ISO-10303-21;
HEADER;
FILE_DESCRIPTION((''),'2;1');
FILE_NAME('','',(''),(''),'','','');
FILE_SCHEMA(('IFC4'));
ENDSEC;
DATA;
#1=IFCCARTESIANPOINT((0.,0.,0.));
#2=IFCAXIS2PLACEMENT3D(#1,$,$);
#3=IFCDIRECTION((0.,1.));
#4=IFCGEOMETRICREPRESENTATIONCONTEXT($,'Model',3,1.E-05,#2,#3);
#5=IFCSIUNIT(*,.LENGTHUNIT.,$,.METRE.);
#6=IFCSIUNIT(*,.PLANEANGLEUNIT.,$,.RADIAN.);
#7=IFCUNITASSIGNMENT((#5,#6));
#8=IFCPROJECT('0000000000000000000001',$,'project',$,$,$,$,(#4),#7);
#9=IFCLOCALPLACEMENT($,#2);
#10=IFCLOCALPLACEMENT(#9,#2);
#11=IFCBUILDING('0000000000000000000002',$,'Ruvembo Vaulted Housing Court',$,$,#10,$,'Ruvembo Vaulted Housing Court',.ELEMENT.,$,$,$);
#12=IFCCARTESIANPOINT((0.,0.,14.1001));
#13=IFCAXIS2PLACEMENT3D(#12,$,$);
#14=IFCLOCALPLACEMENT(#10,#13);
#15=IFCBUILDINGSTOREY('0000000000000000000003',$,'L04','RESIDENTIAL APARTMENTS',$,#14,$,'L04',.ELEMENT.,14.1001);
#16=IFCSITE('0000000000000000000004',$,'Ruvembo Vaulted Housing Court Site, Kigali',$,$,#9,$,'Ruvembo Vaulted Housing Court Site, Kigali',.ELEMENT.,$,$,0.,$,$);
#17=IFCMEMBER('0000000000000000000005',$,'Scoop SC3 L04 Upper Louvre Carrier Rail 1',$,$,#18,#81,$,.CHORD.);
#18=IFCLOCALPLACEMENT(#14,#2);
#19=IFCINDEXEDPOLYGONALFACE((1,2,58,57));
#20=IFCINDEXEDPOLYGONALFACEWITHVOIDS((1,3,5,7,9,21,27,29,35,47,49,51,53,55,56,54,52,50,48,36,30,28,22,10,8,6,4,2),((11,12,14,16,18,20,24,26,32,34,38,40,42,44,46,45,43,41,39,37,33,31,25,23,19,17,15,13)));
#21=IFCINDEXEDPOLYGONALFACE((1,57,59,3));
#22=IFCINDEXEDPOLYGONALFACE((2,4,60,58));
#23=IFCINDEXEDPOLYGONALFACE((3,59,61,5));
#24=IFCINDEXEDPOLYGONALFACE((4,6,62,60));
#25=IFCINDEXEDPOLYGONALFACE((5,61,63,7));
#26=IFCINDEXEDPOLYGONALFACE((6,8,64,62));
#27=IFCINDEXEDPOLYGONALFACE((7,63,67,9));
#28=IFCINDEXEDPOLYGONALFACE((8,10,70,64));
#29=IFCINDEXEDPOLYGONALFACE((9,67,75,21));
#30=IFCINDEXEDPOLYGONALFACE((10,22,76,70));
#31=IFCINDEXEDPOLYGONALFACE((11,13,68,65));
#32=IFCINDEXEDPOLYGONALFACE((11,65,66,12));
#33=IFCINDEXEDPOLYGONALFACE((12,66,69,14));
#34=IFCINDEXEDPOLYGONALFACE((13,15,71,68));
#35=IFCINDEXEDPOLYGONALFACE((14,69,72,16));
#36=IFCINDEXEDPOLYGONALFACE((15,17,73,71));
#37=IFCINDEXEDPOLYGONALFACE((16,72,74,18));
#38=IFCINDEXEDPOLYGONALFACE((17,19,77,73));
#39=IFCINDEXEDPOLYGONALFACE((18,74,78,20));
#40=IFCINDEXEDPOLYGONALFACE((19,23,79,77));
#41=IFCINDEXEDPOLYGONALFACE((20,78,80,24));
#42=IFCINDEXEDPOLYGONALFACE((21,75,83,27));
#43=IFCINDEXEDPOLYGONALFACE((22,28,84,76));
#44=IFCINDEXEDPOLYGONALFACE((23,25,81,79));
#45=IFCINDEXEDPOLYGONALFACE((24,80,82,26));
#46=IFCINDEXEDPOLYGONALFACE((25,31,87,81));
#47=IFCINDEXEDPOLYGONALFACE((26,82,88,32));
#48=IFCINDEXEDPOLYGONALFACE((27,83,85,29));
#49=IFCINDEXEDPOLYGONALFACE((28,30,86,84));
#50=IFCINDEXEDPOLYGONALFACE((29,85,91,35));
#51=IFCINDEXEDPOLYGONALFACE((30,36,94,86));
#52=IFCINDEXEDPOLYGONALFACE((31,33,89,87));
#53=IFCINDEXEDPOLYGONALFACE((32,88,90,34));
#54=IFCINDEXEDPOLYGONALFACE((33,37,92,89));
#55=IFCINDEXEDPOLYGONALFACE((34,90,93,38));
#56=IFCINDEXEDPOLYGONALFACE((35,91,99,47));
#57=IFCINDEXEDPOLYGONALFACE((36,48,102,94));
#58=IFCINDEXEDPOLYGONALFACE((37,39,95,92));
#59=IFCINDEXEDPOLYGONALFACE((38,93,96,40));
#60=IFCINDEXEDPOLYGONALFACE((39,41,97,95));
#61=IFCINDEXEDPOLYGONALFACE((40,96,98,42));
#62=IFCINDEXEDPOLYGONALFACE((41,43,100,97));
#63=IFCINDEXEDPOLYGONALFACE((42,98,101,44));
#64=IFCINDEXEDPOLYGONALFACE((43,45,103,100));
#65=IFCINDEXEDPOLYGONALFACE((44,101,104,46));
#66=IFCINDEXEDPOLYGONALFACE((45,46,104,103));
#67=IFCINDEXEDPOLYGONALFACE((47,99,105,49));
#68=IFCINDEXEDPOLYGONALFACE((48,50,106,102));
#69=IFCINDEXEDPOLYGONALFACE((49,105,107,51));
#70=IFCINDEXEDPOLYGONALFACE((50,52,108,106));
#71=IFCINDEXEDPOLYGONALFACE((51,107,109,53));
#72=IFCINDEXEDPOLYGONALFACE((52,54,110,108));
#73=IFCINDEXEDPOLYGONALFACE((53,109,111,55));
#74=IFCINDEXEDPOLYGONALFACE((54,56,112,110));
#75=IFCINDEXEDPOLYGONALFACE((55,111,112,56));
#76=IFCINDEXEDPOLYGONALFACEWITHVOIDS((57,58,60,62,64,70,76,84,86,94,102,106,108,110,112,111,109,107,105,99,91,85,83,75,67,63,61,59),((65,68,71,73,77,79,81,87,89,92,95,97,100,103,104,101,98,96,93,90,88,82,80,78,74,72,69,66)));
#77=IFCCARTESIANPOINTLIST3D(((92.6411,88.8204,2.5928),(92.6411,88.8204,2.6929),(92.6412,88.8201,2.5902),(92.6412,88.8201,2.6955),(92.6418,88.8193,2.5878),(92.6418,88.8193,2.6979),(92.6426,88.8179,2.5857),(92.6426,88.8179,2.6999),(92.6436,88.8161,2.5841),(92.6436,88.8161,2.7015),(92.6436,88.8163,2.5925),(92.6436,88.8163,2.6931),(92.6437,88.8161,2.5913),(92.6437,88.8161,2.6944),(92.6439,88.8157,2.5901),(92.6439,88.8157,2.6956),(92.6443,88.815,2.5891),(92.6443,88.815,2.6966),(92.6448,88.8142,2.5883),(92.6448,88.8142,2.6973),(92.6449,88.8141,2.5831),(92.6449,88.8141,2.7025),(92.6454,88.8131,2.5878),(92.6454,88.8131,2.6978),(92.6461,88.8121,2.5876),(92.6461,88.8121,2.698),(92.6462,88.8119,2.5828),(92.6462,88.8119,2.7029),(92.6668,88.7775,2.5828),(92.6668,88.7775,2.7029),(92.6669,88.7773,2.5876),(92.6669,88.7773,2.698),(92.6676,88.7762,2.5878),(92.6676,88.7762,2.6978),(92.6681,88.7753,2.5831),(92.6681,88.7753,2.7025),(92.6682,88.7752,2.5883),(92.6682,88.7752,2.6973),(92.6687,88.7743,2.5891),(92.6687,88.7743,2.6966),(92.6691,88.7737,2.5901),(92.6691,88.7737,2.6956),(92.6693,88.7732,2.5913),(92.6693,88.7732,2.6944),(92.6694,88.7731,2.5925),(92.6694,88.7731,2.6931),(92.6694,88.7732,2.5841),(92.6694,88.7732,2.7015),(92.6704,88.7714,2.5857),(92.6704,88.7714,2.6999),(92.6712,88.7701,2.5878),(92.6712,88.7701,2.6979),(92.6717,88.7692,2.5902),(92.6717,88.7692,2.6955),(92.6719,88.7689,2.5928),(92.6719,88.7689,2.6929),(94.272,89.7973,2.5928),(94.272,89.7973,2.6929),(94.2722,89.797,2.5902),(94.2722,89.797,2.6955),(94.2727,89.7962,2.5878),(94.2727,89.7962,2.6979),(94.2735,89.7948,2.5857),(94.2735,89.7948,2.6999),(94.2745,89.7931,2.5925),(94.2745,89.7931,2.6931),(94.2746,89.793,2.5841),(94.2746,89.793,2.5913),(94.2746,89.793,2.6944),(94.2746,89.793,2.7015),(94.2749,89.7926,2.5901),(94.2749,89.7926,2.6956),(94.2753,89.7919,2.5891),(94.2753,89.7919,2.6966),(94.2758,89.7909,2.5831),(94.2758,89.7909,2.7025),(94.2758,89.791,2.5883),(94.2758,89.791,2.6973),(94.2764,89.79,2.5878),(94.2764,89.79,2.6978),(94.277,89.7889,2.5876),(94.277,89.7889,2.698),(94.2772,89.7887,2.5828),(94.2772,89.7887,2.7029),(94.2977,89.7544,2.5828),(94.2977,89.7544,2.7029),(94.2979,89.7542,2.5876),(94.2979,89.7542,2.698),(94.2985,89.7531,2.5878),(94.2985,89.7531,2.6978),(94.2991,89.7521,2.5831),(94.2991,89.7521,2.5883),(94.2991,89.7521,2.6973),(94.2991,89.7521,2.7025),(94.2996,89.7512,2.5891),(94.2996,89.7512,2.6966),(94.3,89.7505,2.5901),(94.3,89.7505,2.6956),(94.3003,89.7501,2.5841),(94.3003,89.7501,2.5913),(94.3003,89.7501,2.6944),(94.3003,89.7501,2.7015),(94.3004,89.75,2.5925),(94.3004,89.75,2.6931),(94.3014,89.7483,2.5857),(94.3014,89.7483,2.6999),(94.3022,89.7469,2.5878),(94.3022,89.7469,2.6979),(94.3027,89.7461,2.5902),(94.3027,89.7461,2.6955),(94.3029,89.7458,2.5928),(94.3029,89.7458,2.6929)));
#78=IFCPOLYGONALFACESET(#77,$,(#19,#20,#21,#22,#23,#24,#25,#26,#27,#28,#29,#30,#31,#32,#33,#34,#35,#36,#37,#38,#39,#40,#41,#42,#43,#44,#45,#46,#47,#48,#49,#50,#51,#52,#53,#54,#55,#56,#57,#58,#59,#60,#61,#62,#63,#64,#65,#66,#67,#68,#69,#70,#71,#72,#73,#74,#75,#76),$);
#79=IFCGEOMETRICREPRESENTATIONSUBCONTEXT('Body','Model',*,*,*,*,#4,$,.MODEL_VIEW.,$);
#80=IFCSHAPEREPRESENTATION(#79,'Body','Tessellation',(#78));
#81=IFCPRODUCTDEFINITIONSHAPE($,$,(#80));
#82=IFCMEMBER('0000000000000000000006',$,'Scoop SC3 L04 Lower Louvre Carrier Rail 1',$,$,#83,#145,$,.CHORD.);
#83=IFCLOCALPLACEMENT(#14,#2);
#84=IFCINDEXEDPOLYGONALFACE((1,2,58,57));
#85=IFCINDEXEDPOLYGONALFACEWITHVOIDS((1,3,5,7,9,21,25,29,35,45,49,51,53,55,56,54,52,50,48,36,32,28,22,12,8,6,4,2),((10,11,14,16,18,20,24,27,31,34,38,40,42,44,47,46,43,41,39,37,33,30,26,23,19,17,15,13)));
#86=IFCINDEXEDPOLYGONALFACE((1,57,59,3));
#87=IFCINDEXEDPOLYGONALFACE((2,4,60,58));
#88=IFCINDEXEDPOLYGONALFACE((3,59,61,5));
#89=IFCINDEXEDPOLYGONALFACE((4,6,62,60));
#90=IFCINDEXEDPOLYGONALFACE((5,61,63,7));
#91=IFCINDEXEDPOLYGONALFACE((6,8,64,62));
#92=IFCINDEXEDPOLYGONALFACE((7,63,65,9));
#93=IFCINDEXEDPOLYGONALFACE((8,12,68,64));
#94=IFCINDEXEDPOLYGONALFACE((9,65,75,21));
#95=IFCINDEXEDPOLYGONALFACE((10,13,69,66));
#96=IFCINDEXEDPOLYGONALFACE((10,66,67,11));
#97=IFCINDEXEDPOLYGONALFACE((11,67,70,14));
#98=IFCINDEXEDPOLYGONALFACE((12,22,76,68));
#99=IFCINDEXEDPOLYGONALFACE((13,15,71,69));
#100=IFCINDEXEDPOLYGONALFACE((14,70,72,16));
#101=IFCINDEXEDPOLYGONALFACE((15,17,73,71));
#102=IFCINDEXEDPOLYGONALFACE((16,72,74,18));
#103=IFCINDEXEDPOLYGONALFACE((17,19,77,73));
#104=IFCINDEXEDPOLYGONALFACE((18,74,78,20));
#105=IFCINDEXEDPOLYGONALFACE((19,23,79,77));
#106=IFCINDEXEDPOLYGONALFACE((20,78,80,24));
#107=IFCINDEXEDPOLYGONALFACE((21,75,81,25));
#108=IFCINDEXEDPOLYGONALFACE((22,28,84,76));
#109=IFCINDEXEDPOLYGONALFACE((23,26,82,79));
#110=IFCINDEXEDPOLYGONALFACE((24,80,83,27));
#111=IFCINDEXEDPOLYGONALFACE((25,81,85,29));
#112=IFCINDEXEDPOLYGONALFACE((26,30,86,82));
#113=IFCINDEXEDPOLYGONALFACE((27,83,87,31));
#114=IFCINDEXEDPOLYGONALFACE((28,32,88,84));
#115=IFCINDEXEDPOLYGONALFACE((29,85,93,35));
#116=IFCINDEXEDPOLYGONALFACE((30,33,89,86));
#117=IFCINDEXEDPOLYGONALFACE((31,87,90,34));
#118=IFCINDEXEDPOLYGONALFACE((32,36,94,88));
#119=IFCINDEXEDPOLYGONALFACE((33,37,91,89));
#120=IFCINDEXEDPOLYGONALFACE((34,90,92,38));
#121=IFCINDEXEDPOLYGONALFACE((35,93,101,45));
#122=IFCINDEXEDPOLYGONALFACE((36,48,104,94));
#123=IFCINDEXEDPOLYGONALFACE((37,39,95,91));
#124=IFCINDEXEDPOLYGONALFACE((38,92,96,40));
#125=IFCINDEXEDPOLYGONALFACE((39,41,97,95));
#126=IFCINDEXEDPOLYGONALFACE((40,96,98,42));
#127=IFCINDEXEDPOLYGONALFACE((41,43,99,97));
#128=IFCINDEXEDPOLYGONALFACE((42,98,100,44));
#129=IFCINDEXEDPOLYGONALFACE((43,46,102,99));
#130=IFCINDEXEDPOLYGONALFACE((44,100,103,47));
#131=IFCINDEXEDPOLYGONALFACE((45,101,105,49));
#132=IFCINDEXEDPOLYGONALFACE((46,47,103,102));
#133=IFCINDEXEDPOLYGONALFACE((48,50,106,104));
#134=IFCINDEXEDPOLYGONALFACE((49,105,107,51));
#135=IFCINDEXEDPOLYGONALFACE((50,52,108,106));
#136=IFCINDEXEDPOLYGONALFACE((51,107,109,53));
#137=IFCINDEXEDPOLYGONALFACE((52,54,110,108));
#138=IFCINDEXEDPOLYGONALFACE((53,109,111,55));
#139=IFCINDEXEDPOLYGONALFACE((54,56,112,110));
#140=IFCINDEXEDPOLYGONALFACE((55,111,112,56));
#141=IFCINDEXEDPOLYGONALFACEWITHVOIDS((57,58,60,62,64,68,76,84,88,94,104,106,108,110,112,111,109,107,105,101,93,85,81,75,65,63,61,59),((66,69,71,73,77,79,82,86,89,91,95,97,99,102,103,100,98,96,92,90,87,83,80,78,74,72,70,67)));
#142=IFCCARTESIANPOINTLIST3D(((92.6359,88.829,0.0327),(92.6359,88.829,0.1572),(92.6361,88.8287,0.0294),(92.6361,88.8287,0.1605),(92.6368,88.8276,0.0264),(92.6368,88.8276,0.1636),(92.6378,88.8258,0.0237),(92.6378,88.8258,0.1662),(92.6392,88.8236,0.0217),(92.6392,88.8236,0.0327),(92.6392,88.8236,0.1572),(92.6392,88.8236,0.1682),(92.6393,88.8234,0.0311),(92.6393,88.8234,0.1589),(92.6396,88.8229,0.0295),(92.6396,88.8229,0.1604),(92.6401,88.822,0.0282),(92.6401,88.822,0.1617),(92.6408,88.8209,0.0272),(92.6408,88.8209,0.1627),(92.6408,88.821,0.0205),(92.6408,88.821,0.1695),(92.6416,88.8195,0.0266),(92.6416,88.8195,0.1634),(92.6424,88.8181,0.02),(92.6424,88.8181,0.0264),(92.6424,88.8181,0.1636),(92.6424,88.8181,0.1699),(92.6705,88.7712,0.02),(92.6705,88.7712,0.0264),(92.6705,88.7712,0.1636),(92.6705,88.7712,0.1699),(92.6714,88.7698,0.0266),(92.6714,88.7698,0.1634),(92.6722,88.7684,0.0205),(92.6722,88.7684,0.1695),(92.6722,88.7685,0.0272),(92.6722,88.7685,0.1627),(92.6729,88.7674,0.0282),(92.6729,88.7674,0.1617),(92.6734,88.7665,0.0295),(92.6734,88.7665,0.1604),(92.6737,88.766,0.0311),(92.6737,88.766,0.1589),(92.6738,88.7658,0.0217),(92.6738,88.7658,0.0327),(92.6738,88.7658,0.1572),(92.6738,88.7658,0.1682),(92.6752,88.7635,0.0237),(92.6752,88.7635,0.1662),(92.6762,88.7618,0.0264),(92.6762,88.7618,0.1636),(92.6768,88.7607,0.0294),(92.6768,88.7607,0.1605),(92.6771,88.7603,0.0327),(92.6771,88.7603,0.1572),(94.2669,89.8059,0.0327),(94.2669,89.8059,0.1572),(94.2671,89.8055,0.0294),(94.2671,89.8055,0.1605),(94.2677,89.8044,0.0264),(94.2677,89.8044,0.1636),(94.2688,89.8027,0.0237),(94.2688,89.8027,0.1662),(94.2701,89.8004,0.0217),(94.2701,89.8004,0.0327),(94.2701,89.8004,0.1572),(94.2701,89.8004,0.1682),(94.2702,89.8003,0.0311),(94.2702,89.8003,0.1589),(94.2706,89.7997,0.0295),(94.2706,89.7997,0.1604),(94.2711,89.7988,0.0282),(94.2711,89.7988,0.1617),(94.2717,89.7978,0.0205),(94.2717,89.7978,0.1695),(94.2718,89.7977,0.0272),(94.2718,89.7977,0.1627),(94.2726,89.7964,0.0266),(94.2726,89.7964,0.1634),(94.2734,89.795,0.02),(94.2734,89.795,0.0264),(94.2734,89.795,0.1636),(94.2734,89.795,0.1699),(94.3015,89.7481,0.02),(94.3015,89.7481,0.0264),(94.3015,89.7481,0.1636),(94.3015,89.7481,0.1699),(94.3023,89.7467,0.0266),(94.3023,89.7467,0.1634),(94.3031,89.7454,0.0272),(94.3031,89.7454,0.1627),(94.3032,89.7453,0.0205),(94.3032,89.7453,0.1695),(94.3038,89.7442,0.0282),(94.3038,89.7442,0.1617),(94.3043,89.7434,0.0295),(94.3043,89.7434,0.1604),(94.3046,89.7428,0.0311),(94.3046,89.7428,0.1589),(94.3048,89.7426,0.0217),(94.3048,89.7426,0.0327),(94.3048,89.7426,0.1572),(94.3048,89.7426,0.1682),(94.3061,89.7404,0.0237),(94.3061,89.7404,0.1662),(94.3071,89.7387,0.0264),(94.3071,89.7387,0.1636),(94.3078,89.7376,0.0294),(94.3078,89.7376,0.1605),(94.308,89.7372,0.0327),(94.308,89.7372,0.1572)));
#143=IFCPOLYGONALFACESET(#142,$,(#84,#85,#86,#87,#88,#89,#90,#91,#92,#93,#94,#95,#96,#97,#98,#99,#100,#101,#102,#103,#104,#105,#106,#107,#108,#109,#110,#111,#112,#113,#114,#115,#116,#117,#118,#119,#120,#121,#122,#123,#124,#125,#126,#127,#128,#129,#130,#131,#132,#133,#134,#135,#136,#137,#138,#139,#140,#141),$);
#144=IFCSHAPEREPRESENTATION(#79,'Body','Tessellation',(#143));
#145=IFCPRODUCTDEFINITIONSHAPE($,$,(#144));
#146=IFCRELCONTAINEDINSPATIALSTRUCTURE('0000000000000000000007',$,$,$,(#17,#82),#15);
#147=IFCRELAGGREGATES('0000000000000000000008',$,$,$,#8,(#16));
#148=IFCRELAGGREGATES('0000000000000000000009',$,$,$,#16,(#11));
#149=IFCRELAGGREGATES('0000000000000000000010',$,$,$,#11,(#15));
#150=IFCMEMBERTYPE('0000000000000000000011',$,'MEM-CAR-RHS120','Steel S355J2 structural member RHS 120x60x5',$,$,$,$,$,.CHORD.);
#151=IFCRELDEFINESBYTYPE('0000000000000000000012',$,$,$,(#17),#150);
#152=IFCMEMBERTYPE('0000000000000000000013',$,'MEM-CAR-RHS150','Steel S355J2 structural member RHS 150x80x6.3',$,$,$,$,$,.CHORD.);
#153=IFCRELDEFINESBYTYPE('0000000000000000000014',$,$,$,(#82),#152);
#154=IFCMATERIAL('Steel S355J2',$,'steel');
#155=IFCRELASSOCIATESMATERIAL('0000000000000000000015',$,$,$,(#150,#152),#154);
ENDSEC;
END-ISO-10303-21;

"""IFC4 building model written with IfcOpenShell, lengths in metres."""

from ifc_helpers import new_model, si_unit, direction, frame, origin, origin_2d, place, context, subcontext, project, spatial, hollow_rectangle, extrude, material, material_profile, profile_set, type_object, element, save


model = new_model("IFC4")

# Units and contexts
model_context = context("Model", 3, precision=1e-05, world=origin(), true_north=direction((0.0, 1.0)))
body_context = subcontext(model_context, "Body", "Model", "MODEL_VIEW")
ifc_project = project(units=[si_unit("LENGTHUNIT", "METRE"), si_unit("PLANEANGLEUNIT", "RADIAN")], contexts=[model_context])

# Site, building, storey
site_placement = place(None, origin())
site = spatial("IfcSite", under=ifc_project, at=site_placement, Name="Ruvembo Vaulted Housing Court Site, Kigali", LongName="Ruvembo Vaulted Housing Court Site, Kigali", CompositionType="ELEMENT", RefElevation=0.0)
building_placement = place(site_placement, origin())
building = spatial("IfcBuilding", under=site, at=building_placement, Name="Ruvembo Vaulted Housing Court", LongName="Ruvembo Vaulted Housing Court", CompositionType="ELEMENT")
storey_placement = place(building_placement, frame((0.0, 0.0, 14.1001)))
storey = spatial("IfcBuildingStorey", under=building, at=storey_placement, Name="L04", Description="RESIDENTIAL APARTMENTS", LongName="L04", CompositionType="ELEMENT", Elevation=14.1001)

# Shared definitions
ifc_material_1 = material(Name="Steel S355J2", Category="steel")

# Members
ifc_material_profile_1 = material_profile(ifc_material_1, hollow_rectangle(XDim=0.0601, YDim=0.1201, WallThickness=0.0049, InnerFilletRadius=0.0049, OuterFilletRadius=0.01, at=origin_2d()), Name="RHS 120x60x5")
ifc_profile_set_1 = profile_set([ifc_material_profile_1], Name="Steel S355J2")
member_type_1 = type_object("IfcMemberType", Name="MEM-CAR-RHS120", Description="Steel S355J2 structural member RHS 120x60x5", PredefinedType="CHORD", material=ifc_profile_set_1)
member_1_placement = place(storey_placement, frame((92.6565, 88.7947, 2.6428), z_axis=(0.857889, 0.513835, 0.0), x_axis=(-0.513835, 0.857889, 0.0)))
element("IfcMember", 1, at=member_1_placement, inside=storey, type_object=member_type_1, Name="Scoop SC3 L04 Upper Louvre Carrier Rail 1", PredefinedType="CHORD", context=body_context, shape_type="SweptSolid", body=[
    extrude(hollow_rectangle(XDim=0.0601, YDim=0.1201, WallThickness=0.0049, InnerFilletRadius=0.0049, OuterFilletRadius=0.01, at=origin_2d()), origin(), (0.0, 0.0, 1.0), 1.9011),
])
ifc_material_profile_2 = material_profile(ifc_material_1, hollow_rectangle(XDim=0.0801, YDim=0.1499, WallThickness=0.0063, InnerFilletRadius=0.0063, OuterFilletRadius=0.0127, at=origin_2d()), Name="RHS 150x80x6.3")
ifc_profile_set_2 = profile_set([ifc_material_profile_2], Name="Steel S355J2")
member_type_2 = type_object("IfcMemberType", Name="MEM-CAR-RHS150", Description="Steel S355J2 structural member RHS 150x80x6.3", PredefinedType="CHORD", material=ifc_profile_set_2)
member_2_placement = place(storey_placement, frame((92.6565, 88.7947, 0.095), z_axis=(0.857889, 0.513835, 0.0), x_axis=(-0.513835, 0.857889, 0.0)))
element("IfcMember", 2, at=member_2_placement, inside=storey, type_object=member_type_2, Name="Scoop SC3 L04 Lower Louvre Carrier Rail 1", PredefinedType="CHORD", context=body_context, shape_type="SweptSolid", body=[
    extrude(hollow_rectangle(XDim=0.0801, YDim=0.1499, WallThickness=0.0063, InnerFilletRadius=0.0063, OuterFilletRadius=0.0127, at=origin_2d()), origin(), (0.0, 0.0, 1.0), 1.9011),
])

save(model, "model.ifc")
